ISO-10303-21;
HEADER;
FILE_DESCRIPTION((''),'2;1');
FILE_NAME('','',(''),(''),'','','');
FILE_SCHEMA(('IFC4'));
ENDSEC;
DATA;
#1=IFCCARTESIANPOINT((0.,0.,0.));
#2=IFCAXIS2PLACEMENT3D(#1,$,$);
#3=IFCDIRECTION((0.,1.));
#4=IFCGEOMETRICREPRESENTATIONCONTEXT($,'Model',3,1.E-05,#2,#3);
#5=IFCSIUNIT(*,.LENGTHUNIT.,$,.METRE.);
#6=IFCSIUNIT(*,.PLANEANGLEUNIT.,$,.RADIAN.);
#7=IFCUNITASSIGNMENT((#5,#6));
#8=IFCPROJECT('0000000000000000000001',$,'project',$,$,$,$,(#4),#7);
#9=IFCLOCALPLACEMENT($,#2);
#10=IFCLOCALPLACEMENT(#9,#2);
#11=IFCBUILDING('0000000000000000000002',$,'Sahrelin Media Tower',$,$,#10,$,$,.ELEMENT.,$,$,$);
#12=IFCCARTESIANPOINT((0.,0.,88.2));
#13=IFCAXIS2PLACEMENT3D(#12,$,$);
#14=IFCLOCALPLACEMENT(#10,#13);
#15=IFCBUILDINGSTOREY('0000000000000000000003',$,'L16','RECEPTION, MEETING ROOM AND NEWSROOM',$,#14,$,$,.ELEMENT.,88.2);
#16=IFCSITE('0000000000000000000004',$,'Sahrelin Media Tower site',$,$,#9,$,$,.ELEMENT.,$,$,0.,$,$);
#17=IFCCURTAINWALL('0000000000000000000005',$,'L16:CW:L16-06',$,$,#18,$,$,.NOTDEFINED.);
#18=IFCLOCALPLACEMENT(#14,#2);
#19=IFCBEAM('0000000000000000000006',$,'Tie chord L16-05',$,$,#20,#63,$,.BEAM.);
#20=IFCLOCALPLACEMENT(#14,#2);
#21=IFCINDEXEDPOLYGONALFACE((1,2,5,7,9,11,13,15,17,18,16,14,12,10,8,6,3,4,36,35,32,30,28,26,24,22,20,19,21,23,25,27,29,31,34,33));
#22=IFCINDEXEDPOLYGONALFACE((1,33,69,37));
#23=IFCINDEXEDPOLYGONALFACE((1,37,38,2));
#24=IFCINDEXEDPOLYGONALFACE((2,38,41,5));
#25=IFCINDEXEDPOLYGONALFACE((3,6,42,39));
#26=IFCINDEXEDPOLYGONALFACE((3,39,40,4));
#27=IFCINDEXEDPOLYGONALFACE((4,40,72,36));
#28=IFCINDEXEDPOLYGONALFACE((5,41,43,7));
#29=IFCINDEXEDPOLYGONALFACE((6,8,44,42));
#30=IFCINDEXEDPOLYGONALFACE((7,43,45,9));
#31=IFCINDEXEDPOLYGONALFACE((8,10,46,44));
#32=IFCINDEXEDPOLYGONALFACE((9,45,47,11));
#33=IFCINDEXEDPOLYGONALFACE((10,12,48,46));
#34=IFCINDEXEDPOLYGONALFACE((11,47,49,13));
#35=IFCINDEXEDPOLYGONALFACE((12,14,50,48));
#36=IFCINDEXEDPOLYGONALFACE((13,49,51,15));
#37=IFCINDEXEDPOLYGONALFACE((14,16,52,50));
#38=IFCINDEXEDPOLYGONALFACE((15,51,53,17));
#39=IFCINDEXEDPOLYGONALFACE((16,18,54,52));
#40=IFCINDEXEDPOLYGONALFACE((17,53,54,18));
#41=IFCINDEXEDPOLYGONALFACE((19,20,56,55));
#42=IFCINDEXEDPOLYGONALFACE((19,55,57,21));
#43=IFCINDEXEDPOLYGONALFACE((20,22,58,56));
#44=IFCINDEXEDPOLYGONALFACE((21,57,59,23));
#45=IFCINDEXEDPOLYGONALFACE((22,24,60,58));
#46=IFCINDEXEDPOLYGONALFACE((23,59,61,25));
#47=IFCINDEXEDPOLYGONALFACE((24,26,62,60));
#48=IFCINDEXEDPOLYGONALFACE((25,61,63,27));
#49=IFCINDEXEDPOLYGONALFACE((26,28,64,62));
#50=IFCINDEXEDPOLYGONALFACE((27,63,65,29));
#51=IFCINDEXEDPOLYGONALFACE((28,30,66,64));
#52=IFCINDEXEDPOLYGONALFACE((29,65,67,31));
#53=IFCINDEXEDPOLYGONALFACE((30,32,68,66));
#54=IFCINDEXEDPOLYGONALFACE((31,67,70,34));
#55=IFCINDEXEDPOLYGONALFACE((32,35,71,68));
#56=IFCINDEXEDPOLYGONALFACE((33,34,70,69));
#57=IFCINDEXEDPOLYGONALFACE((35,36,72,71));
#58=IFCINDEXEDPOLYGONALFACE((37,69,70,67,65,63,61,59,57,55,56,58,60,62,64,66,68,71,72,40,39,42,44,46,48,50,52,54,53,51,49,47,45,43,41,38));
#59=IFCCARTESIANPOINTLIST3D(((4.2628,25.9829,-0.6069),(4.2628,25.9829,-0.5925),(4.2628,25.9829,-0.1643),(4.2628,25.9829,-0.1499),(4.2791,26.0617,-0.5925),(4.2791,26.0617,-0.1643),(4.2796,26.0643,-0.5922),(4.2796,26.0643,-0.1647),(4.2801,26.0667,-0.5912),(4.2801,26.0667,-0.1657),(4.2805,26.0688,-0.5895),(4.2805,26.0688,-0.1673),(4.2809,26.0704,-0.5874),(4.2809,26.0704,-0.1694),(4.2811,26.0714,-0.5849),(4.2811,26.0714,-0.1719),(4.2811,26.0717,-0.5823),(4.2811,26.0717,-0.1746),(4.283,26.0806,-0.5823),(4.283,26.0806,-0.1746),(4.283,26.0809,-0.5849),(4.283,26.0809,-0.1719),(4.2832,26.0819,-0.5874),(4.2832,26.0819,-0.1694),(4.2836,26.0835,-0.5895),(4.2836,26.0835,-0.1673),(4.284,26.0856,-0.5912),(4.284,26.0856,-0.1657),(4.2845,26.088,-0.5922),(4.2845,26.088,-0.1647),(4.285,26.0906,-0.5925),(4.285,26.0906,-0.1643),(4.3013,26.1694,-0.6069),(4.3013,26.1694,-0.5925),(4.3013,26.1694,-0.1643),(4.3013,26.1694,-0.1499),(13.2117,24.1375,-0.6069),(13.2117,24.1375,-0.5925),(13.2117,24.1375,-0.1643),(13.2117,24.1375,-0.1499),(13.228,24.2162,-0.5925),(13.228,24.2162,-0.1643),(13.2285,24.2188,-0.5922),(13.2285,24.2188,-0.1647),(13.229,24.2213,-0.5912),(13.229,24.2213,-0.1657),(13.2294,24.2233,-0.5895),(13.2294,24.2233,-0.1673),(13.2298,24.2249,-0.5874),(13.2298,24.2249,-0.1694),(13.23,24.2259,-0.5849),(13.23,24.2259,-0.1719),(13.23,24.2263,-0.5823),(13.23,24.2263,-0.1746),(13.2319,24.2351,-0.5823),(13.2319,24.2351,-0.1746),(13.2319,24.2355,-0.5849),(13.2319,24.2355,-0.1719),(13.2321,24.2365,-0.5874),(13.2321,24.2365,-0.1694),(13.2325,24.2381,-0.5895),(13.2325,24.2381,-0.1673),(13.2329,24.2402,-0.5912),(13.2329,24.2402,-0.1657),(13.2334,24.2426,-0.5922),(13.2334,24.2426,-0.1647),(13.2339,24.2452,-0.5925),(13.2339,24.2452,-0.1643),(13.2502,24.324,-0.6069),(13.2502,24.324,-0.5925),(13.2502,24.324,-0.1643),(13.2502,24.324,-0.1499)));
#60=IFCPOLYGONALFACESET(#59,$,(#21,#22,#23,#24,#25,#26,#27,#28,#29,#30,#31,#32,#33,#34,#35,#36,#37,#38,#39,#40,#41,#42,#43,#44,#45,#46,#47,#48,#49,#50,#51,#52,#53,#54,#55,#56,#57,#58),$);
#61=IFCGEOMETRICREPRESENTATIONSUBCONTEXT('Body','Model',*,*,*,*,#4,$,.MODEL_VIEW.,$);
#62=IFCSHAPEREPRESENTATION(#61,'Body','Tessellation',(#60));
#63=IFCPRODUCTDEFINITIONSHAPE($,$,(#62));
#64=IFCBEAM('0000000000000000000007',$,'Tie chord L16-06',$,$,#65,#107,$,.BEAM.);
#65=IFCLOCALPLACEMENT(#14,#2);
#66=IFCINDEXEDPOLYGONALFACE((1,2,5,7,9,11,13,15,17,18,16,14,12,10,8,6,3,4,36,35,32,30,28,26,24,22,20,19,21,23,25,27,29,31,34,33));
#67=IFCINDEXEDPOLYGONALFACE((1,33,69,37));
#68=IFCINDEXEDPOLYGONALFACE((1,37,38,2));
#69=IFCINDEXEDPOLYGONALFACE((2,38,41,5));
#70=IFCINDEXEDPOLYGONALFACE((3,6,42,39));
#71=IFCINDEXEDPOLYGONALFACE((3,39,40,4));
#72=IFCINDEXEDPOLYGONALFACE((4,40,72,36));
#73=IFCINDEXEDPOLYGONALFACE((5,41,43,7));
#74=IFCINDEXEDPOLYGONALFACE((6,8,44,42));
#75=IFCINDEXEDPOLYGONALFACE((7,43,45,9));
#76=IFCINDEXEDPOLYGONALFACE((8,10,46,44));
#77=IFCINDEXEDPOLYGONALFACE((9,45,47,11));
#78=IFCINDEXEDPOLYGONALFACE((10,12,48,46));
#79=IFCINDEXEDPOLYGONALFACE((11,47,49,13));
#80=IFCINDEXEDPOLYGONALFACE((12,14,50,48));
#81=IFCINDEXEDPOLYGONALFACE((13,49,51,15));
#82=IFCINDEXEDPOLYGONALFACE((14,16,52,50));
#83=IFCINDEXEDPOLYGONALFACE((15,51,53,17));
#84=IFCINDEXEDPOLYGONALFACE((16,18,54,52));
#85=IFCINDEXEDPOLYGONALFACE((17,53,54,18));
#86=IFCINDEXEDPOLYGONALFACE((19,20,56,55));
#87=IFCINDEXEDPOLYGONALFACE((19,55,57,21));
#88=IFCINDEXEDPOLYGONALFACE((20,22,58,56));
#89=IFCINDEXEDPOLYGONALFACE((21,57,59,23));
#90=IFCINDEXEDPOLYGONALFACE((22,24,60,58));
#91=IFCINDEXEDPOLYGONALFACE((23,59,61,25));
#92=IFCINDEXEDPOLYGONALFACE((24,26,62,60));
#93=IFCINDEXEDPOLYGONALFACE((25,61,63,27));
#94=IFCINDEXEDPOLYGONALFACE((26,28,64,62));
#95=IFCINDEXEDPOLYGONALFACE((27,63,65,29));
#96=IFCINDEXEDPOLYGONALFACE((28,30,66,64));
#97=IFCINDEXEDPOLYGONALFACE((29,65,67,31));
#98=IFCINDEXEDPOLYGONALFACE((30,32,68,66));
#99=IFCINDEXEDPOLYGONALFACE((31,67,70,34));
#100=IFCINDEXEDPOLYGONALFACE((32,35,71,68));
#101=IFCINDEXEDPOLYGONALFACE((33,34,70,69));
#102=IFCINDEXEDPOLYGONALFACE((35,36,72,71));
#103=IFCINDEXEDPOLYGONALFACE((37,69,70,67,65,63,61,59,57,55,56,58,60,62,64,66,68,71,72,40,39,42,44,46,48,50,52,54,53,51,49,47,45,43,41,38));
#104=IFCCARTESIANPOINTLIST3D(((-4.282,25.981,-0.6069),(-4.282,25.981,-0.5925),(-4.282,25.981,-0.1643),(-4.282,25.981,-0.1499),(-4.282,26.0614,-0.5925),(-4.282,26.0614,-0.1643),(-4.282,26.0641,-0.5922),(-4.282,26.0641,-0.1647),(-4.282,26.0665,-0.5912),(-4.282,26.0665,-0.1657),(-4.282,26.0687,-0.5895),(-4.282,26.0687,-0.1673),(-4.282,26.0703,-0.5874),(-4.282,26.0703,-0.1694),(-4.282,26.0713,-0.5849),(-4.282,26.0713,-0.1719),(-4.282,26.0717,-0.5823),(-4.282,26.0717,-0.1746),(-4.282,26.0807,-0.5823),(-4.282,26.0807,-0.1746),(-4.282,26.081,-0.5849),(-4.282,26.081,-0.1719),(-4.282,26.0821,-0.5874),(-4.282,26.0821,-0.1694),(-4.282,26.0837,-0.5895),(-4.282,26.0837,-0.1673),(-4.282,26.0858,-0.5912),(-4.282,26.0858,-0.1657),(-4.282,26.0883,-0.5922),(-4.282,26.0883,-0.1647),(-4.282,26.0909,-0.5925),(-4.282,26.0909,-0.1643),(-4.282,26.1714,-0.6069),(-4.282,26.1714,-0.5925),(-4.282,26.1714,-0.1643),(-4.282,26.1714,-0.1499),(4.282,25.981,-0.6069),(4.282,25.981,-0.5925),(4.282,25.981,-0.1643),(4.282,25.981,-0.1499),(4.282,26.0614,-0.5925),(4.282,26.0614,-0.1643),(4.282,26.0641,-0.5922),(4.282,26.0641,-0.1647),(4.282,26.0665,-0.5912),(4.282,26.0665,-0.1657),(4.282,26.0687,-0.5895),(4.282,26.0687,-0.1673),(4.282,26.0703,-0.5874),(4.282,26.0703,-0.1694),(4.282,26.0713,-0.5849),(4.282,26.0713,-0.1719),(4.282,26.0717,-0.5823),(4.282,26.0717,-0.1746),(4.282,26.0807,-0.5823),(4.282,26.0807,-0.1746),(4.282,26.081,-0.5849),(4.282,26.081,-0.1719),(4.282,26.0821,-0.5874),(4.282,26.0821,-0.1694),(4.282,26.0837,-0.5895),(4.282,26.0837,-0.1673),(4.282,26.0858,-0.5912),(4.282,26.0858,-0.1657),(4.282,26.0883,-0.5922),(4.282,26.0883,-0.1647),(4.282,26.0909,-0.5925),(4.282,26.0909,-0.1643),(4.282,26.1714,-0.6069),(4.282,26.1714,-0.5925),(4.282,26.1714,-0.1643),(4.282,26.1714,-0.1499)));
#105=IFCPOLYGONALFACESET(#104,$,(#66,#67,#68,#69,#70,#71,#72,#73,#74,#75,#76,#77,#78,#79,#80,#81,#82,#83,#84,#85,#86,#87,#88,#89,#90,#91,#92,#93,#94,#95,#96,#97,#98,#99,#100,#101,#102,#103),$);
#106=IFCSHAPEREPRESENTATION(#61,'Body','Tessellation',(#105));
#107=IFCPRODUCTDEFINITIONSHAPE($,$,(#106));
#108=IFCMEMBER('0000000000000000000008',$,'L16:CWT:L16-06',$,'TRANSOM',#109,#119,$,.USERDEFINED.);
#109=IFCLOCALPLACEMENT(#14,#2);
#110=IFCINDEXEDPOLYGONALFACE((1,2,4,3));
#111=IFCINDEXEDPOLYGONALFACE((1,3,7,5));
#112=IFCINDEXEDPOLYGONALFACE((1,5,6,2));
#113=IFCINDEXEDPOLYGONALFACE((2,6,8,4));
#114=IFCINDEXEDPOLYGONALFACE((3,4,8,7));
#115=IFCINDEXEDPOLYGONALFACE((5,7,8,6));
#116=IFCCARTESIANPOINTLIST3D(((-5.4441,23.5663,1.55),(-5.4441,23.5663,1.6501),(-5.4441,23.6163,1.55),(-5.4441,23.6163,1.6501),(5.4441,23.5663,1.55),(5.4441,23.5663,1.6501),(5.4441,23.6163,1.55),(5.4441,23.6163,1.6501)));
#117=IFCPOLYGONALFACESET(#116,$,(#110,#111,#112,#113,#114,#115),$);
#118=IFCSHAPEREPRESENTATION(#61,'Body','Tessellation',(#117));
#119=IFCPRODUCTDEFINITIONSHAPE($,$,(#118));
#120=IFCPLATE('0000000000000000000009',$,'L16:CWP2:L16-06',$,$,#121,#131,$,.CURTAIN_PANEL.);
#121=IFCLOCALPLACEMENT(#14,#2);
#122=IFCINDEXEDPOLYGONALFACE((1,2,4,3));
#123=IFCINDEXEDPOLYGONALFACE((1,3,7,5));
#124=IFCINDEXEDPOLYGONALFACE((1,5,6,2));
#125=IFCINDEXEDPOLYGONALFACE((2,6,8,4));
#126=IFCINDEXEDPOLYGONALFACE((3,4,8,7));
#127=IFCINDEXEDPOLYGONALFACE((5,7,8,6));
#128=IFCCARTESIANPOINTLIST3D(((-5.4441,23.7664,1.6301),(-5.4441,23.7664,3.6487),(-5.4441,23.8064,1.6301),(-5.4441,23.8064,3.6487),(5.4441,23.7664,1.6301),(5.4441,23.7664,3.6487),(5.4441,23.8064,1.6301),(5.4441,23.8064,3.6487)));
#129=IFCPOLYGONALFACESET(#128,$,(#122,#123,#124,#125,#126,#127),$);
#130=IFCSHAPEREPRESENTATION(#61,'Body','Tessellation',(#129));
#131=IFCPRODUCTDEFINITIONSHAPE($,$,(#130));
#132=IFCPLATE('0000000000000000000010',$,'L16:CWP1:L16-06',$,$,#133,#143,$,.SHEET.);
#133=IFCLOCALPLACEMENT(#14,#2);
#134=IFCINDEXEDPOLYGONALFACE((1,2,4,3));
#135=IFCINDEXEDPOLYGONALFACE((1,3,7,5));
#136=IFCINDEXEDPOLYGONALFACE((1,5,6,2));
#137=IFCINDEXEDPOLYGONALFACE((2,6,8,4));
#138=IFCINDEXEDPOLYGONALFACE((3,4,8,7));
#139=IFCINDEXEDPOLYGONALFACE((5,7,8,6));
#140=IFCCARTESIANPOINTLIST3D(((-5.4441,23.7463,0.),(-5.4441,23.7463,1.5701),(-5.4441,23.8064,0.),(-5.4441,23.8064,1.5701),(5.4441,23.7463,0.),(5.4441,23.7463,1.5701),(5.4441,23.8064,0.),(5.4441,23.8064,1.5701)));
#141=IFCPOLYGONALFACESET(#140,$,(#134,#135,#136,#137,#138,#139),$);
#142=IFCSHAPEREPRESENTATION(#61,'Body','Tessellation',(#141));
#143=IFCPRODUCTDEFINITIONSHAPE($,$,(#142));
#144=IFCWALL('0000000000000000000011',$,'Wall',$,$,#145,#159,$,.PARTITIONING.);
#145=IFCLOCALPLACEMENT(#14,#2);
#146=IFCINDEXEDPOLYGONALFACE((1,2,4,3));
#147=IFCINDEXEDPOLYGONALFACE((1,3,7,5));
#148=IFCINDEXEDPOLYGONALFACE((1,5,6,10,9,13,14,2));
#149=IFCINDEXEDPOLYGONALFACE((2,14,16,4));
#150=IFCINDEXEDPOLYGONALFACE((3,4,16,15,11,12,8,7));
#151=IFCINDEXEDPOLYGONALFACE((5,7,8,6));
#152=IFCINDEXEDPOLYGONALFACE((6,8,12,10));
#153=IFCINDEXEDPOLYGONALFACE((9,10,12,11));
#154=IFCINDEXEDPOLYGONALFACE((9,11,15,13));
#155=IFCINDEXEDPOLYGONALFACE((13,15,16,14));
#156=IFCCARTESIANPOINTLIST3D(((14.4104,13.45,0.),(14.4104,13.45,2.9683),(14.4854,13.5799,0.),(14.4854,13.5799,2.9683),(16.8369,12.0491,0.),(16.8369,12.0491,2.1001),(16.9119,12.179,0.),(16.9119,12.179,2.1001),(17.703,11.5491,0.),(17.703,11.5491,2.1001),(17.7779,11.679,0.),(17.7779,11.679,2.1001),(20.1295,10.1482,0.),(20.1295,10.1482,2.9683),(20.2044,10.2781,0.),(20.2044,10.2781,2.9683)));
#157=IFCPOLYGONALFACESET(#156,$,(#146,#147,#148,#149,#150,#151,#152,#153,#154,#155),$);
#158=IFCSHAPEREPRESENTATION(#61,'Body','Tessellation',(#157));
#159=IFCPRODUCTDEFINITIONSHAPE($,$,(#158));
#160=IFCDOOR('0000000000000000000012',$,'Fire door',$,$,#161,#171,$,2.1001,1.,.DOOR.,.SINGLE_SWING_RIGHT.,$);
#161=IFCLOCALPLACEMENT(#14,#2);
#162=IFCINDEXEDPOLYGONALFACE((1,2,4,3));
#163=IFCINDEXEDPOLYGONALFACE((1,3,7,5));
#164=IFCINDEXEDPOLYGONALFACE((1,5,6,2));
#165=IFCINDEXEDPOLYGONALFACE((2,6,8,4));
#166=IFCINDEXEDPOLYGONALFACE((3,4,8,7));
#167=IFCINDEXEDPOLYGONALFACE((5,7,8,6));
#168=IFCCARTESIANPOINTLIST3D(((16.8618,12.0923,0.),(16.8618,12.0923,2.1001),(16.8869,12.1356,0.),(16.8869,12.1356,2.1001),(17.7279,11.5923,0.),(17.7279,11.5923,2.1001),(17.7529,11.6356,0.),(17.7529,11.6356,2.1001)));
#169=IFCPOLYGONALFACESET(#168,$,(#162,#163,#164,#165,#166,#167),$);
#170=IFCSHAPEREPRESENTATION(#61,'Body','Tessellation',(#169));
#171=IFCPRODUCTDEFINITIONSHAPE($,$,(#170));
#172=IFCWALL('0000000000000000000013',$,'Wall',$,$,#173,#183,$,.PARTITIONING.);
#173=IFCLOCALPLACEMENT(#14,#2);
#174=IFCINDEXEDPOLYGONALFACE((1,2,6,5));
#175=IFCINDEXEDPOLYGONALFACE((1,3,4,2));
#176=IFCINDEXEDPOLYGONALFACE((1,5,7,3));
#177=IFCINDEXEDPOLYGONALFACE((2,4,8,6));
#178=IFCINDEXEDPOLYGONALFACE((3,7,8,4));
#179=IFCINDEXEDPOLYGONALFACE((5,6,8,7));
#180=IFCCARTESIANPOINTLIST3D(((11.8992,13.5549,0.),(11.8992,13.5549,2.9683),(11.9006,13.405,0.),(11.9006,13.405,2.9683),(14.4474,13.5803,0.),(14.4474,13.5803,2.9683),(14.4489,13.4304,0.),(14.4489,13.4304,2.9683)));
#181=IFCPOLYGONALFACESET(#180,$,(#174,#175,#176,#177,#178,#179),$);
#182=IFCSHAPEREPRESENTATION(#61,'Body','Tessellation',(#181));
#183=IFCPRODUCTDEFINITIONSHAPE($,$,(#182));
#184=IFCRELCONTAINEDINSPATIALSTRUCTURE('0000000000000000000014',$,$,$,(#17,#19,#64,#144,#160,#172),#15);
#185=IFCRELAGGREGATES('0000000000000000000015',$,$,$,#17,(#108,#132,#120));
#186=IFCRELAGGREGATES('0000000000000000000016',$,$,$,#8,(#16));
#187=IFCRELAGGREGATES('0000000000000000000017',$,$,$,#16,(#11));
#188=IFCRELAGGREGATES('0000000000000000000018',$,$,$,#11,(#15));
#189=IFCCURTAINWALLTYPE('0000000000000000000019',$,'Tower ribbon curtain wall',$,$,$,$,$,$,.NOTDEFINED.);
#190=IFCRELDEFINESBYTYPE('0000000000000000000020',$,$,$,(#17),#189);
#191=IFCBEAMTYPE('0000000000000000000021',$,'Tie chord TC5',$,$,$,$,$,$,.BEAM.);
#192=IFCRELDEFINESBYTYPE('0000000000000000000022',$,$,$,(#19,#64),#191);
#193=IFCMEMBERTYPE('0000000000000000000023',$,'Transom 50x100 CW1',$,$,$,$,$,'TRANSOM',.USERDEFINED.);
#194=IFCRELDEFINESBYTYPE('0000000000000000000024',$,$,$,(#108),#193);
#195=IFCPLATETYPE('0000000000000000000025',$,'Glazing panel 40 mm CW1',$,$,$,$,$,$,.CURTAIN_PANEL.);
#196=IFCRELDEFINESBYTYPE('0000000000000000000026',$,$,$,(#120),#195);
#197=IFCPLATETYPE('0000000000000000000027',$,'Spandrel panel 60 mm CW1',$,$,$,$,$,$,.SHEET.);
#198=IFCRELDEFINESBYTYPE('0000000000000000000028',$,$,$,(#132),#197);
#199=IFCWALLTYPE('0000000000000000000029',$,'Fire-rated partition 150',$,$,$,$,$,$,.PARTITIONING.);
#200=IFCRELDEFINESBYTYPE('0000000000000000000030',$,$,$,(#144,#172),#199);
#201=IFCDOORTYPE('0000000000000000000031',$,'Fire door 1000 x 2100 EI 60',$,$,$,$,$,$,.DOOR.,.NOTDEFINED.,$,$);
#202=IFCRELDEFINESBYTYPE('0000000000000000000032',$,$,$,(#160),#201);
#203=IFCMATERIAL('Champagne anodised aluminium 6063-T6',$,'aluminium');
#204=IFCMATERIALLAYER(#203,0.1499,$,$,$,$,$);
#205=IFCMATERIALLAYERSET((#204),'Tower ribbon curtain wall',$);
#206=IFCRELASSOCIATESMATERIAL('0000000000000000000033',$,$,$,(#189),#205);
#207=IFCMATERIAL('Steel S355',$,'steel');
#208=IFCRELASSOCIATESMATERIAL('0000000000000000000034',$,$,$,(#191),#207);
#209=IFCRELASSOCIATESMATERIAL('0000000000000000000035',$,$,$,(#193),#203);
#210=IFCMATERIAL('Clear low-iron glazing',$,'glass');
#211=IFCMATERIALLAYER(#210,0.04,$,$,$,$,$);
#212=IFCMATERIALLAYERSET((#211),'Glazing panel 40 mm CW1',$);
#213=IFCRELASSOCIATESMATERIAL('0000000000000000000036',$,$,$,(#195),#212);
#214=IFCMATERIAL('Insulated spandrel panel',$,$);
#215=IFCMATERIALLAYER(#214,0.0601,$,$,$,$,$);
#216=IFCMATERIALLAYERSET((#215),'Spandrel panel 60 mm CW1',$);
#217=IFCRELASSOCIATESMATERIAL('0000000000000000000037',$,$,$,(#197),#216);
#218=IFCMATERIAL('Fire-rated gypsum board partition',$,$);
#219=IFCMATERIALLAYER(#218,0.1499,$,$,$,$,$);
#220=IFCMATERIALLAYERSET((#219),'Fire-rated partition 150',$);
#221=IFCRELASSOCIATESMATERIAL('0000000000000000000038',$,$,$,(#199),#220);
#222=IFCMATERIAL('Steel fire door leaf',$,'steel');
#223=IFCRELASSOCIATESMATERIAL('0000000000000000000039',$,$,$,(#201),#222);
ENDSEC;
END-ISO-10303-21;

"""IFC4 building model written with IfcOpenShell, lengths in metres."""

from ifc_helpers import new_model, si_unit, direction, frame, frame_2d, origin, origin_2d, place, context, subcontext, project, spatial, polyline, rectangle, i_section, outline, extrude, material, layer, layer_set, material_profile, profile_set, type_object, element, fill, aggregate, save


model = new_model("IFC4")

# Units and contexts
model_context = context("Model", 3, precision=1e-05, world=origin(), true_north=direction((0.0, 1.0)))
body_context = subcontext(model_context, "Body", "Model", "MODEL_VIEW")
ifc_project = project(units=[si_unit("LENGTHUNIT", "METRE"), si_unit("PLANEANGLEUNIT", "RADIAN")], contexts=[model_context])

# Site, building, storey
site_placement = place(None, origin())
site = spatial("IfcSite", under=ifc_project, at=site_placement, Name="Sahrelin Media Tower site", CompositionType="ELEMENT", RefElevation=0.0)
building_placement = place(site_placement, origin())
building = spatial("IfcBuilding", under=site, at=building_placement, Name="Sahrelin Media Tower", CompositionType="ELEMENT")
storey_placement = place(building_placement, frame((0.0, 0.0, 88.2)))
storey = spatial("IfcBuildingStorey", under=building, at=storey_placement, Name="L16", Description="RECEPTION, MEETING ROOM AND NEWSROOM", CompositionType="ELEMENT", Elevation=88.2)

# Shared definitions
ifc_material_1 = material(Name="Steel S355", Category="steel")

# Curtain wall
ifc_material_2 = material(Name="Champagne anodised aluminium 6063-T6", Category="aluminium")
ifc_layer_1 = layer(ifc_material_2, 0.1499)
ifc_layer_set_1 = layer_set([ifc_layer_1], Name="Tower ribbon curtain wall")
curtain_wall_type = type_object("IfcCurtainWallType", Name="Tower ribbon curtain wall", PredefinedType="NOTDEFINED", material=ifc_layer_set_1)
placement_1 = place(storey_placement, frame((0.0, 23.7864, 0.0), z_axis=(0.0, 0.0, 1.0), x_axis=(1.0, 0.0, 0.0)))
curtain_wall_1 = element("IfcCurtainWall", 1, at=placement_1, inside=storey, type_object=curtain_wall_type, Name="L16:CW:L16-06", PredefinedType="NOTDEFINED")

# Beams
ifc_material_profile_1 = material_profile(ifc_material_1, i_section(OverallWidth=0.1904, OverallDepth=0.457, WebThickness=0.009, FlangeThickness=0.0144, FilletRadius=0.0103, at=origin_2d()), Name="UB 457x191x74")
ifc_profile_set_1 = profile_set([ifc_material_profile_1], Name="Steel S355")
beam_type_1 = type_object("IfcBeamType", Name="Tie chord TC5", PredefinedType="BEAM", material=ifc_profile_set_1)
beam_1_placement = place(storey_placement, frame((13.231, 24.2307, -0.3784), z_axis=(-0.979392, 0.20197, 0.0), x_axis=(-0.20197, -0.979392, 0.0)))
element("IfcBeam", 2, at=beam_1_placement, inside=storey, type_object=beam_type_1, Name="Tie chord L16-05", PredefinedType="BEAM", context=body_context, shape_type="SweptSolid", body=[
    extrude(i_section(OverallWidth=0.1904, OverallDepth=0.457, WebThickness=0.009, FlangeThickness=0.0144, FilletRadius=0.0103, at=origin_2d()), origin(), (0.0, 0.0, 1.0), 9.1372),
])
beam_2_placement = place(storey_placement, frame((4.282, 26.0762, -0.3784), z_axis=(-1.0, 0.0, 0.0), x_axis=(0.0, -1.0, 0.0)))
element("IfcBeam", 3, at=beam_2_placement, inside=storey, type_object=beam_type_1, Name="Tie chord L16-06", PredefinedType="BEAM", context=body_context, shape_type="SweptSolid", body=[
    extrude(i_section(OverallWidth=0.1904, OverallDepth=0.457, WebThickness=0.009, FlangeThickness=0.0144, FilletRadius=0.0103, at=origin_2d()), origin(), (0.0, 0.0, 1.0), 8.564),
])

# Member
ifc_material_profile_2 = material_profile(ifc_material_2, rectangle(XDim=0.05, YDim=0.1001, at=origin_2d()), Name="Transom 50x100")
ifc_profile_set_2 = profile_set([ifc_material_profile_2], Name="Champagne anodised aluminium 6063-T6")
member_type_1 = type_object("IfcMemberType", Name="Transom 50x100 CW1", ElementType="TRANSOM", PredefinedType="USERDEFINED", material=ifc_profile_set_2)
member_1_placement = place(storey_placement, frame((5.4441, 23.5913, 1.6001), z_axis=(-1.0, 0.0, 0.0), x_axis=(0.0, -1.0, 0.0)))
member_1 = element("IfcMember", 4, at=member_1_placement, type_object=member_type_1, Name="L16:CWT:L16-06", ObjectType="TRANSOM", PredefinedType="USERDEFINED", context=body_context, shape_type="SweptSolid", body=[
    extrude(rectangle(XDim=0.05, YDim=0.1001, at=origin_2d()), origin(), (0.0, 0.0, 1.0), 10.8882),
])

# Plates
ifc_material_3 = material(Name="Clear low-iron glazing", Category="glass")
ifc_layer_2 = layer(ifc_material_3, 0.04)
ifc_layer_set_2 = layer_set([ifc_layer_2], Name="Glazing panel 40 mm CW1")
plate_type_1 = type_object("IfcPlateType", Name="Glazing panel 40 mm CW1", PredefinedType="CURTAIN_PANEL", material=ifc_layer_set_2)
plate_1_placement = place(storey_placement, frame((5.4441, 23.8064, 1.6301), z_axis=(0.0, 1.0, 0.0), x_axis=(-1.0, 0.0, 0.0)))
plate_1 = element("IfcPlate", 5, at=plate_1_placement, type_object=plate_type_1, Name="L16:CWP2:L16-06", PredefinedType="CURTAIN_PANEL", context=body_context, shape_type="SweptSolid", body=[
    extrude(outline(polyline([(0.0, 0.0), (10.8882, 0.0), (10.8882, 2.0186), (0.0, 2.0186), (0.0, 0.0)])), origin(), (0.0, 0.0, -1.0), 0.04),
])
ifc_material_4 = material(Name="Insulated spandrel panel")
ifc_layer_3 = layer(ifc_material_4, 0.0601)
ifc_layer_set_3 = layer_set([ifc_layer_3], Name="Spandrel panel 60 mm CW1")
plate_type_2 = type_object("IfcPlateType", Name="Spandrel panel 60 mm CW1", PredefinedType="SHEET", material=ifc_layer_set_3)
plate_2_placement = place(storey_placement, frame((5.4441, 23.8064, 0.0), z_axis=(0.0, 1.0, 0.0), x_axis=(-1.0, 0.0, 0.0)))
plate_2 = element("IfcPlate", 6, at=plate_2_placement, type_object=plate_type_2, Name="L16:CWP1:L16-06", PredefinedType="SHEET", context=body_context, shape_type="SweptSolid", body=[
    extrude(outline(polyline([(0.0, 0.0), (10.8882, 0.0), (10.8882, 1.5701), (0.0, 1.5701), (0.0, 0.0)])), origin(), (0.0, 0.0, -1.0), 0.0601),
])
aggregate(curtain_wall_1, [member_1, plate_2, plate_1])

# Wall, opening, door
ifc_material_5 = material(Name="Fire-rated gypsum board partition")
ifc_layer_4 = layer(ifc_material_5, 0.1499)
ifc_layer_set_4 = layer_set([ifc_layer_4], Name="Fire-rated partition 150")
wall_type_1 = type_object("IfcWallType", Name="Fire-rated partition 150", PredefinedType="PARTITIONING", material=ifc_layer_set_4)
wall_1_placement = place(storey_placement, frame((14.448, 13.5149, 0.0), z_axis=(0.0, 0.0, 1.0), x_axis=(0.866032, -0.499988, 0.0)))
wall_1 = element("IfcWall", 7, at=wall_1_placement, inside=storey, type_object=wall_type_1, Name="Wall", PredefinedType="PARTITIONING", context=body_context, shape_type="SweptSolid", body=[
    extrude(rectangle(XDim=6.6038, YDim=0.1499, at=frame_2d((3.3018, 0.0))), origin(), (0.0, 0.0, 1.0), 2.9683),
])
opening_1_placement = place(wall_1_placement, frame((2.8018, 0.0, 0.0)))
opening_1 = element("IfcOpeningElement", 8, at=opening_1_placement, cuts=wall_1, PredefinedType="OPENING", context=body_context, shape_type="SweptSolid", body=[
    extrude(rectangle(XDim=1.0, YDim=2.1001, at=frame_2d((0.5, 1.05))), frame((0.0, 0.075, 0.0), z_axis=(0.0, -1.0, 0.0), x_axis=(1.0, 0.0, 0.0)), (0.0, 0.0, 1.0), 0.1499),
])
ifc_material_6 = material(Name="Steel fire door leaf", Category="steel")
door_type = type_object("IfcDoorType", Name="Fire door 1000 x 2100 EI 60", OperationType="NOTDEFINED", PredefinedType="DOOR", material=ifc_material_6)
door_1_placement = place(opening_1_placement, origin())
door_1 = element("IfcDoor", 9, at=door_1_placement, inside=storey, type_object=door_type, Name="Fire door", OperationType="SINGLE_SWING_RIGHT", OverallHeight=2.1001, OverallWidth=1.0, PredefinedType="DOOR", context=body_context, shape_type="SweptSolid", body=[
    extrude(rectangle(XDim=1.0, YDim=2.1001, at=frame_2d((0.5, 1.05))), frame((0.0, 0.0249, 0.0), z_axis=(0.0, -1.0, 0.0), x_axis=(1.0, 0.0, 0.0)), (0.0, 0.0, 1.0), 0.05),
])
fill(opening_1, door_1)

# Wall
wall_2_placement = place(storey_placement, frame((11.8999, 13.48, 0.0), z_axis=(0.0, 0.0, 1.0), x_axis=(0.99995, 0.009964, 0.0)))
element("IfcWall", 10, at=wall_2_placement, inside=storey, type_object=wall_type_1, Name="Wall", PredefinedType="PARTITIONING", context=body_context, shape_type="SweptSolid", body=[
    extrude(rectangle(XDim=2.5483, YDim=0.1499, at=frame_2d((1.2742, 0.0))), origin(), (0.0, 0.0, 1.0), 2.9683),
])

save(model, "model.ifc")
